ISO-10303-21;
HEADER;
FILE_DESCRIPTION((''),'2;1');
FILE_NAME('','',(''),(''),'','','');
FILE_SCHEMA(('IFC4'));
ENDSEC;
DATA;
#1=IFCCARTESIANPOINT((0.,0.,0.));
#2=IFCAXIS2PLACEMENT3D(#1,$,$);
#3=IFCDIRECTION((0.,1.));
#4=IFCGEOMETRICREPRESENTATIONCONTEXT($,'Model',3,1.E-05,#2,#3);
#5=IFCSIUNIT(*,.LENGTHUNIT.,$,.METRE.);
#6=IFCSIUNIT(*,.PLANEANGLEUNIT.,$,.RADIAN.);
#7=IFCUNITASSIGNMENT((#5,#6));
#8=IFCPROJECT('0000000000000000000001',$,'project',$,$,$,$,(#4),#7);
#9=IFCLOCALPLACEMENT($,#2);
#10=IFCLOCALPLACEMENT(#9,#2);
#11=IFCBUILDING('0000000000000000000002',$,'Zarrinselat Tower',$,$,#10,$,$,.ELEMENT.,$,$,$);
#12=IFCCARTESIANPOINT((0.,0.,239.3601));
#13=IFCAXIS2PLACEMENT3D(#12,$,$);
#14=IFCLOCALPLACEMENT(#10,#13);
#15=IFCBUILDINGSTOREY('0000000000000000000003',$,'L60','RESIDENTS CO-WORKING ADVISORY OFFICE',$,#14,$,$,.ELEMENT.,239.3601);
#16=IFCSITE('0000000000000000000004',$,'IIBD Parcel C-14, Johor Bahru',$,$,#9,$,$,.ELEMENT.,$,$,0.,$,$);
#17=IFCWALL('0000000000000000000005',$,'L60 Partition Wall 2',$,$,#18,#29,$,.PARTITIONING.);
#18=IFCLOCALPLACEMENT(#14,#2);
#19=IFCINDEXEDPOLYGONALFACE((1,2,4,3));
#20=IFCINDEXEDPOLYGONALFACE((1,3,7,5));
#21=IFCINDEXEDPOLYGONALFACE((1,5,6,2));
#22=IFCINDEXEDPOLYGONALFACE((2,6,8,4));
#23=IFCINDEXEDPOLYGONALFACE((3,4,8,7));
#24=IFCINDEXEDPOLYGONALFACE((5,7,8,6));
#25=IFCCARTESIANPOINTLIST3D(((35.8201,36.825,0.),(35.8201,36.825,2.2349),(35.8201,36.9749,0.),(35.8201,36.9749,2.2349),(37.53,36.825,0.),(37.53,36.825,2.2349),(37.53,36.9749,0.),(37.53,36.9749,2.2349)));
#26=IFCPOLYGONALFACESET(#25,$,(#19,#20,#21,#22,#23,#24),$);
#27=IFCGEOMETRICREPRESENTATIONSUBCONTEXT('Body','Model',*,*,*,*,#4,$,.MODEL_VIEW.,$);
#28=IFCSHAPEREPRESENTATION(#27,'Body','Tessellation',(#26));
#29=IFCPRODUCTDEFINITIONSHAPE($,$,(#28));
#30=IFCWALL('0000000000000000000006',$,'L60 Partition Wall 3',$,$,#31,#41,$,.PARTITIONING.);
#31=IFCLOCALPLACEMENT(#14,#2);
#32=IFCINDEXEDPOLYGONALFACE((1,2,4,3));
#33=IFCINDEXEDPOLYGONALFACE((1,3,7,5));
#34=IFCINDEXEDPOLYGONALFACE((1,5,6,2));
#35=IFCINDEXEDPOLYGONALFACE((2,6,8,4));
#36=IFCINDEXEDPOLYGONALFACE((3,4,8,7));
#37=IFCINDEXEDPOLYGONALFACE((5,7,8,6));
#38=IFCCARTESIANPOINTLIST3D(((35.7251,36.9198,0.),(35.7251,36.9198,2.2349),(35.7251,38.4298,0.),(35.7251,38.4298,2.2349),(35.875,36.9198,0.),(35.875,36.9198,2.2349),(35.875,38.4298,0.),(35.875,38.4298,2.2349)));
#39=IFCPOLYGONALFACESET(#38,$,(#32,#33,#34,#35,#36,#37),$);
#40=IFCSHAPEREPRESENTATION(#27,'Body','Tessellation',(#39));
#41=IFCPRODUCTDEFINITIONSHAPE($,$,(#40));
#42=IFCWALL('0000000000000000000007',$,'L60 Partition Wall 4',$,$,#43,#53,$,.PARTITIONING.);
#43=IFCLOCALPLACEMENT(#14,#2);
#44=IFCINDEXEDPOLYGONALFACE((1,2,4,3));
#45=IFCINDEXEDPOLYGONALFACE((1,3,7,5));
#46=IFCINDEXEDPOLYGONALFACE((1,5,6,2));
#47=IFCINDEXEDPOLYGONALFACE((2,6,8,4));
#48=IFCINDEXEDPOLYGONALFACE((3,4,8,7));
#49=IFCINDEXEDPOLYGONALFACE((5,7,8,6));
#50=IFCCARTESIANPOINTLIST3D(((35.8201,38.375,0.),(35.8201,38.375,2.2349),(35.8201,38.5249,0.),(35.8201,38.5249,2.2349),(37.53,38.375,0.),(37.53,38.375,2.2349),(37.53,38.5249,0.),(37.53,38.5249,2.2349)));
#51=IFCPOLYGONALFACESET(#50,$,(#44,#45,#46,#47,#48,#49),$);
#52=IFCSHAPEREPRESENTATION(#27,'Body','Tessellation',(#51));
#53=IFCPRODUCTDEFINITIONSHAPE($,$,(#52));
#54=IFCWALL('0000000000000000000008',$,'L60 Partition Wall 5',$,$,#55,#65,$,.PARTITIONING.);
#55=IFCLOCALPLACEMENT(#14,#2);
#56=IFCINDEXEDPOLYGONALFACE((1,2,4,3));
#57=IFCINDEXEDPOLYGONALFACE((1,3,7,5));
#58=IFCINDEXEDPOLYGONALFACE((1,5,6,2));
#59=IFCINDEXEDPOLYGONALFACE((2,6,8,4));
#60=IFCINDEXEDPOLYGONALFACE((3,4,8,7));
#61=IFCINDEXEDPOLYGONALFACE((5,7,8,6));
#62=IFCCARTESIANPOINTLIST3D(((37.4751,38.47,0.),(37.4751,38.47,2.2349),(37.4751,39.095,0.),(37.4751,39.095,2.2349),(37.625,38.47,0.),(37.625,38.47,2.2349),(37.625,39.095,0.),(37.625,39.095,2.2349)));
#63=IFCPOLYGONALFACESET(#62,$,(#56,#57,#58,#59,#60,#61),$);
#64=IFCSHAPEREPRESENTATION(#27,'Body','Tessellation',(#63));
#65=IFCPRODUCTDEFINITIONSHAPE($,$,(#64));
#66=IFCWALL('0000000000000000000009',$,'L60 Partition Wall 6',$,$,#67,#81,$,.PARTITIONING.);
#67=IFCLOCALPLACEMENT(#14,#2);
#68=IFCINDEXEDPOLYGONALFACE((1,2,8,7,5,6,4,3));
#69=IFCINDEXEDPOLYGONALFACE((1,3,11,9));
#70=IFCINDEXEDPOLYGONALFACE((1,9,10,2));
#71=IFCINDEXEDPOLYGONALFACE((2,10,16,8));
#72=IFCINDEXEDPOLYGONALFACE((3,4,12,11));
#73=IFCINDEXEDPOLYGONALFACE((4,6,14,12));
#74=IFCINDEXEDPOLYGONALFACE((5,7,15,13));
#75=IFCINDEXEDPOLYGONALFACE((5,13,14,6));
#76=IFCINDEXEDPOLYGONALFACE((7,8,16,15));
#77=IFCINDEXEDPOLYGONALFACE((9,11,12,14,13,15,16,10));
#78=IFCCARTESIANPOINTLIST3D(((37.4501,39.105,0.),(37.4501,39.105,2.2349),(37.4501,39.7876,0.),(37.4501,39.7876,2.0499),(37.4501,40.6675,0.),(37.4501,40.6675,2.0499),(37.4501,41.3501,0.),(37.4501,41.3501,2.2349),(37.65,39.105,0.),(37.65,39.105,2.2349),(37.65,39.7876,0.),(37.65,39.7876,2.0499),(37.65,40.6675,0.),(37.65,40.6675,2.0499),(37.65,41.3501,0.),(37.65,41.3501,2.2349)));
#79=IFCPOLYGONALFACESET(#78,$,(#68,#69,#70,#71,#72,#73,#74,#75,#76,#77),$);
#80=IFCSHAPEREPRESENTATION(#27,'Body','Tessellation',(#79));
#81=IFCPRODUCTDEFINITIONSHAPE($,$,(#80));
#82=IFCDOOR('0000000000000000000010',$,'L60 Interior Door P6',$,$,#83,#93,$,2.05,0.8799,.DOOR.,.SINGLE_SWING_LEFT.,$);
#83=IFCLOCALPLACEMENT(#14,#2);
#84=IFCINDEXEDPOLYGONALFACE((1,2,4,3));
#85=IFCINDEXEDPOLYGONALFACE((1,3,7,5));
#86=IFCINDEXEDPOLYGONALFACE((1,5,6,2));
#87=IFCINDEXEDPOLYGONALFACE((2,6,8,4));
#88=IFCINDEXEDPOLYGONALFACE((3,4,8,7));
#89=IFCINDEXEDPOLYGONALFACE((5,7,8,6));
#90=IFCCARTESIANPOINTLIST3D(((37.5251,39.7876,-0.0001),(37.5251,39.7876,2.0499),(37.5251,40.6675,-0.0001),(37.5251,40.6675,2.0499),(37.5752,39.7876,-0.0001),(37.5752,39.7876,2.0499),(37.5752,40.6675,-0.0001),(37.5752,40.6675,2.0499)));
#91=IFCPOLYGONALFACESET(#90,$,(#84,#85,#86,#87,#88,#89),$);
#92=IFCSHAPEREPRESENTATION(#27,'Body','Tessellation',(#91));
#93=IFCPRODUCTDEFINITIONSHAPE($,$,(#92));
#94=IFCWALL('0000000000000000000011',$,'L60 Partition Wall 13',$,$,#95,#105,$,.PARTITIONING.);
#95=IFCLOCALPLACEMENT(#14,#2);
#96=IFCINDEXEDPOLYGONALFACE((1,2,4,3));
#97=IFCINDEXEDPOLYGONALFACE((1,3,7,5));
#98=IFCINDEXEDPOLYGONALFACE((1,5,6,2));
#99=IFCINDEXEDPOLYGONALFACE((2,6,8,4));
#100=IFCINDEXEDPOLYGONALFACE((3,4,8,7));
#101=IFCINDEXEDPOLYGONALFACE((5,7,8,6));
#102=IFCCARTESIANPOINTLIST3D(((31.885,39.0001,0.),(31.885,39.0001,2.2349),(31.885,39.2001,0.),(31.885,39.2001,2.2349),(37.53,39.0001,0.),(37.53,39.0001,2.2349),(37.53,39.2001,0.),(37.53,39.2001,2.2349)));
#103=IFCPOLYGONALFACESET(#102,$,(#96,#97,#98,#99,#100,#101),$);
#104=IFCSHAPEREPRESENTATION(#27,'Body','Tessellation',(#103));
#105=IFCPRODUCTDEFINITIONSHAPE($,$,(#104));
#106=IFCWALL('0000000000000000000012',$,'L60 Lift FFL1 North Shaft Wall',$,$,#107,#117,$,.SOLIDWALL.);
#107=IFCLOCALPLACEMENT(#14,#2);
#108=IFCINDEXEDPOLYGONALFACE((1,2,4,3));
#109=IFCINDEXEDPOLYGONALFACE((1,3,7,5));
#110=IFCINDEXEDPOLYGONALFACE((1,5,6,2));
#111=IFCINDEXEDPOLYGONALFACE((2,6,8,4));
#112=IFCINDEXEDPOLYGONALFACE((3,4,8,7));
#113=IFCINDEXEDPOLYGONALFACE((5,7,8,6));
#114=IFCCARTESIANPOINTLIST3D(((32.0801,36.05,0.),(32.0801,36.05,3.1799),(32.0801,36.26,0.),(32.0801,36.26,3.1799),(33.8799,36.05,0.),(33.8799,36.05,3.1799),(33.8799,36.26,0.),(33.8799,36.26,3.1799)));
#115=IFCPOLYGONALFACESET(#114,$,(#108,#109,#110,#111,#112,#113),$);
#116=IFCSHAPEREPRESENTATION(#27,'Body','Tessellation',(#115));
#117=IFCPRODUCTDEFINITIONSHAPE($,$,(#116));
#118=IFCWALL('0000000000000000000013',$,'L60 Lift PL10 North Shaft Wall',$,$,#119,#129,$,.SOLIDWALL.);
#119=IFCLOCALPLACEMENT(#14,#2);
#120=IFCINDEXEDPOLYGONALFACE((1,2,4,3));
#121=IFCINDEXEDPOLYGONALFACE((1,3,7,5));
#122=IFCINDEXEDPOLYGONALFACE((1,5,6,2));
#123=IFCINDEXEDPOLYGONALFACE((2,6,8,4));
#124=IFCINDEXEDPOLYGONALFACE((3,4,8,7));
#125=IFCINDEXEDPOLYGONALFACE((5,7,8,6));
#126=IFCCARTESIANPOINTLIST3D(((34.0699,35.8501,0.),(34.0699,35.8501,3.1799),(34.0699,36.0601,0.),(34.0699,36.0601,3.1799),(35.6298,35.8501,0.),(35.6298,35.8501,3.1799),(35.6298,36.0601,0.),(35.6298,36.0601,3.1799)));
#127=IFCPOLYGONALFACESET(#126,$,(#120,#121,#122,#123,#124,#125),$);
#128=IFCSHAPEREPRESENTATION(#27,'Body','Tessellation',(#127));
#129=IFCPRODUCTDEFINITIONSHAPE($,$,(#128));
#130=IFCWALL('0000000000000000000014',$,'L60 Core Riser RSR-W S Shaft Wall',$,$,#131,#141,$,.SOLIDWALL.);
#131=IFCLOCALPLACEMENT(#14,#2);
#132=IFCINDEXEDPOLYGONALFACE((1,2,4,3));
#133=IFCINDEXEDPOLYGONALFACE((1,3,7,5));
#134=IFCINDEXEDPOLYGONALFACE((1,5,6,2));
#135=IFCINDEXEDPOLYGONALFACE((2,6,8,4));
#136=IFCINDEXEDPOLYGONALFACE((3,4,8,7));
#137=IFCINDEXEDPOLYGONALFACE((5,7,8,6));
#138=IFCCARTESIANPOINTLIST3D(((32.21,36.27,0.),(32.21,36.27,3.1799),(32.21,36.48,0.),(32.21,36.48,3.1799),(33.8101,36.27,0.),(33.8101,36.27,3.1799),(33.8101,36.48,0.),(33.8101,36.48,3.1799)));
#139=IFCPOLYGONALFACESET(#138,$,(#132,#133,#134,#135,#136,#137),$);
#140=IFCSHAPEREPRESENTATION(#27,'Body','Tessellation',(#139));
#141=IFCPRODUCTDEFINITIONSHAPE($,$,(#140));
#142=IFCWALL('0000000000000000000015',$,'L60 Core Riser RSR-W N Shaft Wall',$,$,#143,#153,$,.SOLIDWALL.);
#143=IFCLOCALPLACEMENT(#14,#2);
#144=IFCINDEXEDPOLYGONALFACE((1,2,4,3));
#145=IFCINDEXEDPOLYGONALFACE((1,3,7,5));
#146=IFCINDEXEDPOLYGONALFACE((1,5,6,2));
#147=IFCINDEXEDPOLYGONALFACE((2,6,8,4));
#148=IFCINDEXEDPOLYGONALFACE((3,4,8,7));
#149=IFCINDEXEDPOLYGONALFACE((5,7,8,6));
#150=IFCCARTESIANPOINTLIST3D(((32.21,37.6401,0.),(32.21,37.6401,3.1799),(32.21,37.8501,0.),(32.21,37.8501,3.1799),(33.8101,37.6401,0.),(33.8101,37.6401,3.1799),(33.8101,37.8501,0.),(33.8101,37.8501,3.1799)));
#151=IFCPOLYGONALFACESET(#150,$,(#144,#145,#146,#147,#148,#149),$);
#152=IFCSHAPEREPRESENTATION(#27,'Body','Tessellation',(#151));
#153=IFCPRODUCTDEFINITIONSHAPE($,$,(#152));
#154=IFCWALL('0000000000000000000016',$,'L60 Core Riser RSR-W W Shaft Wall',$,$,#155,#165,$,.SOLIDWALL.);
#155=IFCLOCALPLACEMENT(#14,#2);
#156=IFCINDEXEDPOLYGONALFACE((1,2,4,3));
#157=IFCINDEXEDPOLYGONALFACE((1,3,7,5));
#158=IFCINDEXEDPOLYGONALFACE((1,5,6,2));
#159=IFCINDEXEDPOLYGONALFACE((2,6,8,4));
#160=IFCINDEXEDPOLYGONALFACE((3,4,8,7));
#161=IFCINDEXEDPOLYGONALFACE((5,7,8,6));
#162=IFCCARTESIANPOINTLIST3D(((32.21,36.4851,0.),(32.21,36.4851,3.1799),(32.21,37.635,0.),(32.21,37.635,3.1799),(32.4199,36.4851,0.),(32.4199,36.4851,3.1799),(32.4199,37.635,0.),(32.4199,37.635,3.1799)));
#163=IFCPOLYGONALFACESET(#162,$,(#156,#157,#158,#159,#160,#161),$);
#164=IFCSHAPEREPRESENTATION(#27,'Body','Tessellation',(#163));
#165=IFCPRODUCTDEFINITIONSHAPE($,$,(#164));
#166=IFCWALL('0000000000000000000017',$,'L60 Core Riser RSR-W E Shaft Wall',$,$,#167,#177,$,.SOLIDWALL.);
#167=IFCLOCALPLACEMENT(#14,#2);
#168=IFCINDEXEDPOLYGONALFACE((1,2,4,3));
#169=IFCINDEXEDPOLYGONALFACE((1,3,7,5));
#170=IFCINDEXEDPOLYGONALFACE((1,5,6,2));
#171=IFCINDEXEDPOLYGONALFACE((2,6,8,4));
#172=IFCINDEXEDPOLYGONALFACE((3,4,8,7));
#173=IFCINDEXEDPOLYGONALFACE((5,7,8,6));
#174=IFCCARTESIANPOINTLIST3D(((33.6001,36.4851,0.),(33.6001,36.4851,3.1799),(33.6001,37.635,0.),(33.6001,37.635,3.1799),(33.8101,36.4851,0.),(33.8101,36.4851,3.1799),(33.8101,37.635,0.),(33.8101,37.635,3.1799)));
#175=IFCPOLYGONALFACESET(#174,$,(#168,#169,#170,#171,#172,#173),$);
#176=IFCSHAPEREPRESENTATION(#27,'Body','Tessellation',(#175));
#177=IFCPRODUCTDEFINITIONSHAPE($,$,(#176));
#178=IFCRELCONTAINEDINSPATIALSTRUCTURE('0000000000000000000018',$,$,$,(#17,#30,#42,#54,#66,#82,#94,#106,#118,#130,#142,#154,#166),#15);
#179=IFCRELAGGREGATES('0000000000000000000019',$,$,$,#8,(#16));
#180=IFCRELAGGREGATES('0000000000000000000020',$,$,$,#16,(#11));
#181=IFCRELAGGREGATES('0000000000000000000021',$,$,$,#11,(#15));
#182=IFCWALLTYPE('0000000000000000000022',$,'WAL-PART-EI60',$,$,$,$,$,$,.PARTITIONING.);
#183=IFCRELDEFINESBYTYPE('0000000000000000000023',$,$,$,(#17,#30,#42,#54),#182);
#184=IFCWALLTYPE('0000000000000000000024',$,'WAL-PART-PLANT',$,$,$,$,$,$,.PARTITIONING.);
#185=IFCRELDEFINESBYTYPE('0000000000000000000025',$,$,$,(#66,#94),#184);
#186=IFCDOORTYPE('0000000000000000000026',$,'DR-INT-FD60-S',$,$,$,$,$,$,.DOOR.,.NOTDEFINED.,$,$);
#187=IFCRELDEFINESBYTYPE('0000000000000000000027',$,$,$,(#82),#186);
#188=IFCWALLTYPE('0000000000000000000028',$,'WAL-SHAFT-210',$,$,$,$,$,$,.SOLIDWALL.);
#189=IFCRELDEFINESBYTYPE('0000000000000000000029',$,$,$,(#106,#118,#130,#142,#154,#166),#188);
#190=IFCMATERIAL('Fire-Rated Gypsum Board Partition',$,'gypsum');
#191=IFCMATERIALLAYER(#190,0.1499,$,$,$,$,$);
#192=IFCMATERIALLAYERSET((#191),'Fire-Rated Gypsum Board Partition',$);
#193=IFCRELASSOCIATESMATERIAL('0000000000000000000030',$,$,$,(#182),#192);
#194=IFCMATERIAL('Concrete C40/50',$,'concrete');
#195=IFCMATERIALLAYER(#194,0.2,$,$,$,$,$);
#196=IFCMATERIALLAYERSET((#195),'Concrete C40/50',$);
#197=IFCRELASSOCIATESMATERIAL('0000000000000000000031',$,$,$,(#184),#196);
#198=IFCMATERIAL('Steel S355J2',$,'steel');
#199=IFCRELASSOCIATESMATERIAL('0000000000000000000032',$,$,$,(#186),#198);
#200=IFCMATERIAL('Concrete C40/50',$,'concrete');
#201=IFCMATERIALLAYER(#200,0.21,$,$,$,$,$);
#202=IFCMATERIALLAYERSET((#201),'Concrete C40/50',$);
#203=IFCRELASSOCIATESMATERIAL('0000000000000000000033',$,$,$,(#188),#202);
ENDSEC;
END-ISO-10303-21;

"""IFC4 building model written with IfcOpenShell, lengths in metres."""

from ifc_helpers import new_model, si_unit, direction, frame, frame_2d, origin, place, context, subcontext, project, spatial, rectangle, extrude, material, layer, layer_set, type_object, element, fill, save


model = new_model("IFC4")

# Units and contexts
model_context = context("Model", 3, precision=1e-05, world=origin(), true_north=direction((0.0, 1.0)))
body_context = subcontext(model_context, "Body", "Model", "MODEL_VIEW")
ifc_project = project(units=[si_unit("LENGTHUNIT", "METRE"), si_unit("PLANEANGLEUNIT", "RADIAN")], contexts=[model_context])

# Site, building, storey
site_placement = place(None, origin())
site = spatial("IfcSite", under=ifc_project, at=site_placement, Name="IIBD Parcel C-14, Johor Bahru", CompositionType="ELEMENT", RefElevation=0.0)
building_placement = place(site_placement, origin())
building = spatial("IfcBuilding", under=site, at=building_placement, Name="Zarrinselat Tower", CompositionType="ELEMENT")
storey_placement = place(building_placement, frame((0.0, 0.0, 239.3601)))
storey = spatial("IfcBuildingStorey", under=building, at=storey_placement, Name="L60", Description="RESIDENTS CO-WORKING ADVISORY OFFICE", CompositionType="ELEMENT", Elevation=239.3601)

# Walls
ifc_material_1 = material(Name="Fire-Rated Gypsum Board Partition", Category="gypsum")
ifc_layer_1 = layer(ifc_material_1, 0.1499)
ifc_layer_set_1 = layer_set([ifc_layer_1], Name="Fire-Rated Gypsum Board Partition")
wall_type_1 = type_object("IfcWallType", Name="WAL-PART-EI60", PredefinedType="PARTITIONING", material=ifc_layer_set_1)
wall_1_placement = place(storey_placement, frame((35.8201, 36.8999, 0.0), z_axis=(0.0, 0.0, 1.0), x_axis=(1.0, 0.0, 0.0)))
element("IfcWall", 1, at=wall_1_placement, inside=storey, type_object=wall_type_1, Name="L60 Partition Wall 2", PredefinedType="PARTITIONING", context=body_context, shape_type="SweptSolid", body=[
    extrude(rectangle(XDim=1.71, YDim=0.1499, at=frame_2d((0.855, 0.0))), origin(), (0.0, 0.0, 1.0), 2.2349),
])
wall_2_placement = place(storey_placement, frame((35.8, 36.9199, 0.0), z_axis=(0.0, 0.0, 1.0), x_axis=(0.0, 1.0, 0.0)))
element("IfcWall", 2, at=wall_2_placement, inside=storey, type_object=wall_type_1, Name="L60 Partition Wall 3", PredefinedType="PARTITIONING", context=body_context, shape_type="SweptSolid", body=[
    extrude(rectangle(XDim=1.51, YDim=0.1499, at=frame_2d((0.7549, 0.0))), origin(), (0.0, 0.0, 1.0), 2.2349),
])
wall_3_placement = place(storey_placement, frame((35.8201, 38.45, 0.0), z_axis=(0.0, 0.0, 1.0), x_axis=(1.0, 0.0, 0.0)))
element("IfcWall", 3, at=wall_3_placement, inside=storey, type_object=wall_type_1, Name="L60 Partition Wall 4", PredefinedType="PARTITIONING", context=body_context, shape_type="SweptSolid", body=[
    extrude(rectangle(XDim=1.71, YDim=0.1499, at=frame_2d((0.855, 0.0))), origin(), (0.0, 0.0, 1.0), 2.2349),
])
wall_4_placement = place(storey_placement, frame((37.55, 38.47, 0.0), z_axis=(0.0, 0.0, 1.0), x_axis=(0.0, 1.0, 0.0)))
element("IfcWall", 4, at=wall_4_placement, inside=storey, type_object=wall_type_1, Name="L60 Partition Wall 5", PredefinedType="PARTITIONING", context=body_context, shape_type="SweptSolid", body=[
    extrude(rectangle(XDim=0.625, YDim=0.1499, at=frame_2d((0.3125, 0.0))), origin(), (0.0, 0.0, 1.0), 2.2349),
])

# Wall, opening, door
ifc_material_2 = material(Name="Concrete C40/50", Category="concrete")
ifc_layer_2 = layer(ifc_material_2, 0.2)
ifc_layer_set_2 = layer_set([ifc_layer_2], Name="Concrete C40/50")
wall_type_2 = type_object("IfcWallType", Name="WAL-PART-PLANT", PredefinedType="PARTITIONING", material=ifc_layer_set_2)
wall_5_placement = place(storey_placement, frame((37.55, 39.105, 0.0), z_axis=(0.0, 0.0, 1.0), x_axis=(0.0, 1.0, 0.0)))
wall_5 = element("IfcWall", 5, at=wall_5_placement, inside=storey, type_object=wall_type_2, Name="L60 Partition Wall 6", PredefinedType="PARTITIONING", context=body_context, shape_type="SweptSolid", body=[
    extrude(rectangle(XDim=2.2451, YDim=0.2, at=frame_2d((1.1226, 0.0))), origin(), (0.0, 0.0, 1.0), 2.2349),
])
opening_placement = place(wall_5_placement, frame((0.6826, 0.0, 0.0)))
opening = element("IfcOpeningElement", 6, at=opening_placement, cuts=wall_5, PredefinedType="OPENING", context=body_context, shape_type="SweptSolid", body=[
    extrude(rectangle(XDim=0.8799, YDim=2.05, at=frame_2d((0.4399, 1.0249))), frame((0.0, 0.1099, 0.0), z_axis=(0.0, -1.0, 0.0), x_axis=(1.0, 0.0, 0.0)), (0.0, 0.0, 1.0), 0.22),
])
ifc_material_3 = material(Name="Steel S355J2", Category="steel")
door_type = type_object("IfcDoorType", Name="DR-INT-FD60-S", OperationType="NOTDEFINED", PredefinedType="DOOR", material=ifc_material_3)
door_placement = place(opening_placement, origin())
door = element("IfcDoor", 7, at=door_placement, inside=storey, type_object=door_type, Name="L60 Interior Door P6", OperationType="SINGLE_SWING_LEFT", OverallHeight=2.05, OverallWidth=0.8799, PredefinedType="DOOR", context=body_context, shape_type="SweptSolid", body=[
    extrude(rectangle(XDim=0.8799, YDim=2.05, at=frame_2d((0.4399, 1.0249))), frame((0.0, 0.0249, 0.0), z_axis=(0.0, -1.0, 0.0), x_axis=(1.0, 0.0, 0.0)), (0.0, 0.0, 1.0), 0.05),
])
fill(opening, door)

# Walls
wall_6_placement = place(storey_placement, frame((31.885, 39.1001, 0.0), z_axis=(0.0, 0.0, 1.0), x_axis=(1.0, 0.0, 0.0)))
element("IfcWall", 8, at=wall_6_placement, inside=storey, type_object=wall_type_2, Name="L60 Partition Wall 13", PredefinedType="PARTITIONING", context=body_context, shape_type="SweptSolid", body=[
    extrude(rectangle(XDim=5.645, YDim=0.2, at=frame_2d((2.8225, 0.0))), origin(), (0.0, 0.0, 1.0), 2.2349),
])
ifc_material_4 = material(Name="Concrete C40/50", Category="concrete")
ifc_layer_3 = layer(ifc_material_4, 0.21)
ifc_layer_set_3 = layer_set([ifc_layer_3], Name="Concrete C40/50")
wall_type_3 = type_object("IfcWallType", Name="WAL-SHAFT-210", PredefinedType="SOLIDWALL", material=ifc_layer_set_3)
wall_7_placement = place(storey_placement, frame((32.0801, 36.155, 0.0), z_axis=(0.0, 0.0, 1.0), x_axis=(1.0, 0.0, 0.0)))
element("IfcWall", 9, at=wall_7_placement, inside=storey, type_object=wall_type_3, Name="L60 Lift FFL1 North Shaft Wall", PredefinedType="SOLIDWALL", context=body_context, shape_type="SweptSolid", body=[
    extrude(rectangle(XDim=1.7998, YDim=0.21, at=frame_2d((0.8999, 0.0))), origin(), (0.0, 0.0, 1.0), 3.1799),
])
wall_8_placement = place(storey_placement, frame((34.0701, 35.9551, 0.0), z_axis=(0.0, 0.0, 1.0), x_axis=(1.0, 0.0, 0.0)))
element("IfcWall", 10, at=wall_8_placement, inside=storey, type_object=wall_type_3, Name="L60 Lift PL10 North Shaft Wall", PredefinedType="SOLIDWALL", context=body_context, shape_type="SweptSolid", body=[
    extrude(rectangle(XDim=1.5598, YDim=0.21, at=frame_2d((0.7798, 0.0))), origin(), (0.0, 0.0, 1.0), 3.1799),
])
for number, where, z_axis, x_axis, name in (
    (11, (32.21, 36.375, 0.0), (0.0, 0.0, 1.0), (1.0, 0.0, 0.0), "L60 Core Riser RSR-W S Shaft Wall"),
    (12, (32.21, 37.7451, 0.0), (0.0, 0.0, 1.0), (1.0, 0.0, 0.0), "L60 Core Riser RSR-W N Shaft Wall"),
):
    element("IfcWall", number, at=place(storey_placement, frame(where, z_axis=z_axis, x_axis=x_axis)), inside=storey, type_object=wall_type_3, Name=name, PredefinedType="SOLIDWALL", context=body_context, shape_type="SweptSolid", body=[
        extrude(rectangle(XDim=1.6001, YDim=0.21, at=frame_2d((0.8, 0.0))), origin(), (0.0, 0.0, 1.0), 3.1799),
    ])
for number, where, z_axis, x_axis, name in (
    (13, (32.3149, 36.4851, 0.0), (0.0, 0.0, 1.0), (0.0, 1.0, 0.0), "L60 Core Riser RSR-W W Shaft Wall"),
    (14, (33.7051, 36.4851, 0.0), (0.0, 0.0, 1.0), (0.0, 1.0, 0.0), "L60 Core Riser RSR-W E Shaft Wall"),
):
    element("IfcWall", number, at=place(storey_placement, frame(where, z_axis=z_axis, x_axis=x_axis)), inside=storey, type_object=wall_type_3, Name=name, PredefinedType="SOLIDWALL", context=body_context, shape_type="SweptSolid", body=[
        extrude(rectangle(XDim=1.1499, YDim=0.21, at=frame_2d((0.575, 0.0))), origin(), (0.0, 0.0, 1.0), 3.1799),
    ])

save(model, "model.ifc")
